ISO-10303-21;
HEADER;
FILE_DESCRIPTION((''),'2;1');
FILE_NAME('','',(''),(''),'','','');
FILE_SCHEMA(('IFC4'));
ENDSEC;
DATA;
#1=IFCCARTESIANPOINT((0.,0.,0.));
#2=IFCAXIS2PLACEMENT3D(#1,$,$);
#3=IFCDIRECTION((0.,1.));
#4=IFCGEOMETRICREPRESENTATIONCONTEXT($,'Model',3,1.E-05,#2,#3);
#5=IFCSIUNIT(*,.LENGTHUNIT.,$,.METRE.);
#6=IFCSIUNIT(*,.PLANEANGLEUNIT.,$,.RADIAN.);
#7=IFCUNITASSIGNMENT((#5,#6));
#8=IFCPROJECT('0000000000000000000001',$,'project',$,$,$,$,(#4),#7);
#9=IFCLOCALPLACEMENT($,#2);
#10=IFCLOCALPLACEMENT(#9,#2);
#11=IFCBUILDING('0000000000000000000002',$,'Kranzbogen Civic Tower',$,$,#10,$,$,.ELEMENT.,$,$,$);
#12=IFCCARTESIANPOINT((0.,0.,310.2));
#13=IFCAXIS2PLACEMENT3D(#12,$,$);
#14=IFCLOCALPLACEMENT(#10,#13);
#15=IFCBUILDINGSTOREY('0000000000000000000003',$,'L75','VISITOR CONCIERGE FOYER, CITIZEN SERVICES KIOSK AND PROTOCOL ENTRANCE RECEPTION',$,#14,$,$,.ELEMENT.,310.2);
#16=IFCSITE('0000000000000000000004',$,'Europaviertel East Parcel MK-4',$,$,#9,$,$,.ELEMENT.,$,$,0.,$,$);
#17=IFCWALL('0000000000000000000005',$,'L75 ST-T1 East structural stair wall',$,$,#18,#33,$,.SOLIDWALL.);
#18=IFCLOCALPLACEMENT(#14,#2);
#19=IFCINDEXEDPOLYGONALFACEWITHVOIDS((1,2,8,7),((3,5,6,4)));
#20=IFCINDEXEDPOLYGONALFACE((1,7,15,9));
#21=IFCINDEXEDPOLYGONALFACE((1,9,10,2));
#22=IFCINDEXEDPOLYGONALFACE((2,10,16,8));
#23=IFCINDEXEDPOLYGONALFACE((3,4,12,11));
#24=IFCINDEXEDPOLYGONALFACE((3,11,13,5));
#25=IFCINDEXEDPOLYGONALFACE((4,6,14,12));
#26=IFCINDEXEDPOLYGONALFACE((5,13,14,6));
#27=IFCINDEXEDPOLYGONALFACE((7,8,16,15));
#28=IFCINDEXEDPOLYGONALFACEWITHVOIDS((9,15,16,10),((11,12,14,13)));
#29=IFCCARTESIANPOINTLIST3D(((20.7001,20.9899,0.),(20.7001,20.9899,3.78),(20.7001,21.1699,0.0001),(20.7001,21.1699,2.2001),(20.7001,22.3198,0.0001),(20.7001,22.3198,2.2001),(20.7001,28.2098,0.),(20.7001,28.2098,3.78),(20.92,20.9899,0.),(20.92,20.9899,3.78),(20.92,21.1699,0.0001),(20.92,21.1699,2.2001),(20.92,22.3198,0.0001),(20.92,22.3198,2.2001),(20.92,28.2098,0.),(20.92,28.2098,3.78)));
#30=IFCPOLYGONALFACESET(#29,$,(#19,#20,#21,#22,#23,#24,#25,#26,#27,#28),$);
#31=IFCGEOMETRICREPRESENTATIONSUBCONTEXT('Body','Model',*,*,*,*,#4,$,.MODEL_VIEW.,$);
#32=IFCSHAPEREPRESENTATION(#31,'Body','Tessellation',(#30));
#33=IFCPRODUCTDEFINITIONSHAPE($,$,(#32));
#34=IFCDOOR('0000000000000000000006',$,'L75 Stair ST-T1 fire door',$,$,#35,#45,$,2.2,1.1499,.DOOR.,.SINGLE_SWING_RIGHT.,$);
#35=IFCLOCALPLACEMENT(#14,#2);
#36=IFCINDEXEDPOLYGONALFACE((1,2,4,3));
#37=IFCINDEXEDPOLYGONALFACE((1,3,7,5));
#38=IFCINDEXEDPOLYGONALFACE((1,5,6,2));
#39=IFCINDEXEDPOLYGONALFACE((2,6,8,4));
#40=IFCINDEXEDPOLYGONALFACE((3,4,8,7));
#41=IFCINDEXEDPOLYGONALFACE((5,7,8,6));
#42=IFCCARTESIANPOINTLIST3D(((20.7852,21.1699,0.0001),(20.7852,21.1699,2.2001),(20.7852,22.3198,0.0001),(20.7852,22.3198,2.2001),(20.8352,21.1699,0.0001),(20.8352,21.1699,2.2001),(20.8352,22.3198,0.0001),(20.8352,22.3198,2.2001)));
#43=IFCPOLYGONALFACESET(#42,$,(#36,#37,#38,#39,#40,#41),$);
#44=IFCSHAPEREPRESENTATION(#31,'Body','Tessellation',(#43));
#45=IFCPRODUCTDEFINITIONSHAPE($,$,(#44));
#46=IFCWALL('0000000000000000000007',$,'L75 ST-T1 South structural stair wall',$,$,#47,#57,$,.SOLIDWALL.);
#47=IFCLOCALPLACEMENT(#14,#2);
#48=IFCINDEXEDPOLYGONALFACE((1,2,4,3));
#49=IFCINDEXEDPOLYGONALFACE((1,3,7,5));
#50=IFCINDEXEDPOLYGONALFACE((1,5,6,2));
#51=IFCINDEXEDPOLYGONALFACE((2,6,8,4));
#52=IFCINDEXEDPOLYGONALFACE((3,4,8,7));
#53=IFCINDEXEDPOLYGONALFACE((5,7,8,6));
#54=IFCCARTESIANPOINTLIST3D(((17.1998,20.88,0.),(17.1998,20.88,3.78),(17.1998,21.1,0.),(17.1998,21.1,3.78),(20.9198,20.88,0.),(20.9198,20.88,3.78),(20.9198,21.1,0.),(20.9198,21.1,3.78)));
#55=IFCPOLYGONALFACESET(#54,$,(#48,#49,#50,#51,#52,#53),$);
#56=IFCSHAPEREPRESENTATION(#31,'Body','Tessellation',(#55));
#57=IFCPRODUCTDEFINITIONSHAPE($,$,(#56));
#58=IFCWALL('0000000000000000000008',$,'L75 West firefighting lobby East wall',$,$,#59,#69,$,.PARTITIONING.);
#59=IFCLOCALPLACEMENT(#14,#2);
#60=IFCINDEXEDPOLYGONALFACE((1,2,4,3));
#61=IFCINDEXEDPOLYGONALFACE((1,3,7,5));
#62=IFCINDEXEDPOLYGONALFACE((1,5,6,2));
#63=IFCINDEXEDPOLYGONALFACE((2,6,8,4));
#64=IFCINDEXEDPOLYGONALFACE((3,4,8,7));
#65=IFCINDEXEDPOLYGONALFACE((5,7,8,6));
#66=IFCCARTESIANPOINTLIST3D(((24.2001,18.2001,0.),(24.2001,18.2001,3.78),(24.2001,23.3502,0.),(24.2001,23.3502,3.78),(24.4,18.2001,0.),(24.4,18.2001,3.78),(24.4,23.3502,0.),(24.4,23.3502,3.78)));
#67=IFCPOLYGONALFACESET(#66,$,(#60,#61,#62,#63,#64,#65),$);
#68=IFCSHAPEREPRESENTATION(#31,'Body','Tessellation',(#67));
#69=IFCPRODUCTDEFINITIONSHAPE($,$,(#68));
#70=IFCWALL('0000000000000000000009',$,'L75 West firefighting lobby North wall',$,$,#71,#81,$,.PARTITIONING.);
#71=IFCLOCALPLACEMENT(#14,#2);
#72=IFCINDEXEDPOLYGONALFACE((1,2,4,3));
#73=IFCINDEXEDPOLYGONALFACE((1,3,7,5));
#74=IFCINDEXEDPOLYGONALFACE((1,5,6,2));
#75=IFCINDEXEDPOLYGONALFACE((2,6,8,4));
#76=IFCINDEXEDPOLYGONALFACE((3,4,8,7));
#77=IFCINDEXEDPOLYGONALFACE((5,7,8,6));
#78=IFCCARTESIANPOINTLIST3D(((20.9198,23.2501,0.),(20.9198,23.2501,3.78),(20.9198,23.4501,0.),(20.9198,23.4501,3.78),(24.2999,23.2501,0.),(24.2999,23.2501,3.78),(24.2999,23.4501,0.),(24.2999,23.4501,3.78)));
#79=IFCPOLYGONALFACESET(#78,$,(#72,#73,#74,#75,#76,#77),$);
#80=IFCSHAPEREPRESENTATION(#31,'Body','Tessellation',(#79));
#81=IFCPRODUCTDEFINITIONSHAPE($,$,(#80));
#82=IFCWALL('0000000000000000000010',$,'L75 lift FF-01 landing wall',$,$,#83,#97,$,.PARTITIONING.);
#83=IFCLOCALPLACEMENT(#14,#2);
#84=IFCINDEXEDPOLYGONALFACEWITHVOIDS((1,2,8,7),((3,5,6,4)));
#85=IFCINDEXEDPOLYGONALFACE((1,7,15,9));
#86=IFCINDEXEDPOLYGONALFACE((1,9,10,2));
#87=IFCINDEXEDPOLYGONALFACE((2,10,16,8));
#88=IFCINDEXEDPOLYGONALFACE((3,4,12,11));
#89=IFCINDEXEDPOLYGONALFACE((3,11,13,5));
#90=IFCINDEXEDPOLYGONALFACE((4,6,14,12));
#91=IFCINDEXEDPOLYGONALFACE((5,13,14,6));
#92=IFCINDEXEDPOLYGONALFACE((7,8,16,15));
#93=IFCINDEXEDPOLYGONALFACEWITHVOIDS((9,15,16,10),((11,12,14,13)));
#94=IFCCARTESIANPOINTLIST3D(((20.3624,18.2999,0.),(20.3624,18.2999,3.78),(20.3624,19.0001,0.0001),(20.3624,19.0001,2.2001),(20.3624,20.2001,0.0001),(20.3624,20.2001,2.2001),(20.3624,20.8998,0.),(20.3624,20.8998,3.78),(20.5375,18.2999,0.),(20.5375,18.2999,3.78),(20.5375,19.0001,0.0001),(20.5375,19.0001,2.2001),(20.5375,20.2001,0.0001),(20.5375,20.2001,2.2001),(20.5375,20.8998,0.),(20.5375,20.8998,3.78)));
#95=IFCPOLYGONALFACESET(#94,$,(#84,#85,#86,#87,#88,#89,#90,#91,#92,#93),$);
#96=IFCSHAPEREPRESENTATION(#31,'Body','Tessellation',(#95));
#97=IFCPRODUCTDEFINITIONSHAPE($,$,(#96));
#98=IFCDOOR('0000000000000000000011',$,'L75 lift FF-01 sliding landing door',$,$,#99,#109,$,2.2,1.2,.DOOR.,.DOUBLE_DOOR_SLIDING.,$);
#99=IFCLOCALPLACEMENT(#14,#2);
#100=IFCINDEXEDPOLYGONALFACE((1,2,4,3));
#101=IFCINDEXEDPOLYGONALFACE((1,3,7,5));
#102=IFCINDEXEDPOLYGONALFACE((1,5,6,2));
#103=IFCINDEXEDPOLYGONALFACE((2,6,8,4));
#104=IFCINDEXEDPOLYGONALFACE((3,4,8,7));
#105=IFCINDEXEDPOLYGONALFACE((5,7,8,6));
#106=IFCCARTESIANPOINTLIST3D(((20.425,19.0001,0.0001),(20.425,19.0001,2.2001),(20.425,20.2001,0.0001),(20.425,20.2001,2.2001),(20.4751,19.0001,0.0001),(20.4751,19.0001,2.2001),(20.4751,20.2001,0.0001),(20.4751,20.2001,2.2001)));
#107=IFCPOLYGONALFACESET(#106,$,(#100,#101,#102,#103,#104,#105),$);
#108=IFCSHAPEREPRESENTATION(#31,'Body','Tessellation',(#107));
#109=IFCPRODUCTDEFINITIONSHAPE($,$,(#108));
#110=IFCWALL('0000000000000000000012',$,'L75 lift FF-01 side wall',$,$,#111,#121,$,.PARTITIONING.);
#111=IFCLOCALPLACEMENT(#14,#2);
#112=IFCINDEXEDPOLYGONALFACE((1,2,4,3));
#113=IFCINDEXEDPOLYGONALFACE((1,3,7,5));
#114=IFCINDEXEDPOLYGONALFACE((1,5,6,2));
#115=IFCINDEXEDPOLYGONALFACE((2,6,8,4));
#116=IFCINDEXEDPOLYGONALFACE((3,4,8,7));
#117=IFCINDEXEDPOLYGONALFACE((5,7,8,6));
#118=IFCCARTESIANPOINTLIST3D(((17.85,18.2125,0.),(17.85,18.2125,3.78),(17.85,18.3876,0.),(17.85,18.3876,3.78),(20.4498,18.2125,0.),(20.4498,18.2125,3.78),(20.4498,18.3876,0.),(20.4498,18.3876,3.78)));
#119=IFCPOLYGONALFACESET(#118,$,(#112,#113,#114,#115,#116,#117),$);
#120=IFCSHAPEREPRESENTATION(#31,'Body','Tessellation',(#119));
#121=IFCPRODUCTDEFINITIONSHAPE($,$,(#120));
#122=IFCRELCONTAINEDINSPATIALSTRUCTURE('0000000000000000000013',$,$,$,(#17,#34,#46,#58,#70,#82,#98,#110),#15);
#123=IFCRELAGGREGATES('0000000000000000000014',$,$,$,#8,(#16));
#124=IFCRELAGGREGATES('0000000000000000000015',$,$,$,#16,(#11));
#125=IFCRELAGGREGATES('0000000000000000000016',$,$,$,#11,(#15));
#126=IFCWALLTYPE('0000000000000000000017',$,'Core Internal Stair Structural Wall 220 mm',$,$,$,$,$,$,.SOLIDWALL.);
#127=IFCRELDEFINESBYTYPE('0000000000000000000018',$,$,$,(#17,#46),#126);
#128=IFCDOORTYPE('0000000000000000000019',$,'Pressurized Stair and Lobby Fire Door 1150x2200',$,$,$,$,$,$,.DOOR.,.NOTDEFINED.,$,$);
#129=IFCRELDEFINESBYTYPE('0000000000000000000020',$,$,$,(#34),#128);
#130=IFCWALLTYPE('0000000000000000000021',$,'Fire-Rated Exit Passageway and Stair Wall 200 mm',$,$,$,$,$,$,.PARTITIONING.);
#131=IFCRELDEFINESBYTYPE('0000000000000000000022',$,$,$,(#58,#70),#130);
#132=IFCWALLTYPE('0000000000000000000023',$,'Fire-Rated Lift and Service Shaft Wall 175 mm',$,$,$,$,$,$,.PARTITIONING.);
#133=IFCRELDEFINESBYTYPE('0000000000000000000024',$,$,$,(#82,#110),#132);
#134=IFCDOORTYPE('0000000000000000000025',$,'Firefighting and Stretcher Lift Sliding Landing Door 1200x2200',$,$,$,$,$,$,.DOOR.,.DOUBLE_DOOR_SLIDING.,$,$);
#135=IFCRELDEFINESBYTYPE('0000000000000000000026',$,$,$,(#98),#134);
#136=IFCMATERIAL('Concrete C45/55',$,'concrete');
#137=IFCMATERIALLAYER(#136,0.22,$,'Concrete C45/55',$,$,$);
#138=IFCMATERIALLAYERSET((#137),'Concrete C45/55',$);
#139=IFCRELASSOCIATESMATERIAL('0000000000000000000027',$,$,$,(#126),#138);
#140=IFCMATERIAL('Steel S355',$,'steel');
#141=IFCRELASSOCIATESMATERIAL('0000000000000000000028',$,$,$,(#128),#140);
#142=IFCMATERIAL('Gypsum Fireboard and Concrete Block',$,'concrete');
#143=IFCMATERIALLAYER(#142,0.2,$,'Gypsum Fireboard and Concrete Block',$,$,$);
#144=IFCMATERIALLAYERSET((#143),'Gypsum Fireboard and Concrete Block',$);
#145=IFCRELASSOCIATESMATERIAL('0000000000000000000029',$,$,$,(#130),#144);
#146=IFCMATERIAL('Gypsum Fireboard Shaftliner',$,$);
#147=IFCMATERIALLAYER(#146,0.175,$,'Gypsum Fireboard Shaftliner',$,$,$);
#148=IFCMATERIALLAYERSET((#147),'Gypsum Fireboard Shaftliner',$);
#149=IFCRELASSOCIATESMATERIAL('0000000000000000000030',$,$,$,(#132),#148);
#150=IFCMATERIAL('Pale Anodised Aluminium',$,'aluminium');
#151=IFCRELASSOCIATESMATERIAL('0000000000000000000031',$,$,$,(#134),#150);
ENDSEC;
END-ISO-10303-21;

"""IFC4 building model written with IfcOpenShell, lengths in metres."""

from ifc_helpers import new_model, si_unit, direction, frame, frame_2d, origin, place, context, subcontext, project, spatial, rectangle, extrude, material, layer, layer_set, type_object, element, fill, save


model = new_model("IFC4")

# Units and contexts
model_context = context("Model", 3, precision=1e-05, world=origin(), true_north=direction((0.0, 1.0)))
body_context = subcontext(model_context, "Body", "Model", "MODEL_VIEW")
ifc_project = project(units=[si_unit("LENGTHUNIT", "METRE"), si_unit("PLANEANGLEUNIT", "RADIAN")], contexts=[model_context])

# Site, building, storey
site_placement = place(None, origin())
site = spatial("IfcSite", under=ifc_project, at=site_placement, Name="Europaviertel East Parcel MK-4", CompositionType="ELEMENT", RefElevation=0.0)
building_placement = place(site_placement, origin())
building = spatial("IfcBuilding", under=site, at=building_placement, Name="Kranzbogen Civic Tower", CompositionType="ELEMENT")
storey_placement = place(building_placement, frame((0.0, 0.0, 310.2)))
storey = spatial("IfcBuildingStorey", under=building, at=storey_placement, Name="L75", Description="VISITOR CONCIERGE FOYER, CITIZEN SERVICES KIOSK AND PROTOCOL ENTRANCE RECEPTION", CompositionType="ELEMENT", Elevation=310.2)

# Shared definitions
ifc_material_1 = material(Name="Steel S355", Category="steel")

# Shared definitions
ifc_material_2 = material(Name="Concrete C45/55", Category="concrete")

# Wall, opening, door
ifc_layer_1 = layer(ifc_material_2, 0.22, Name="Concrete C45/55")
ifc_layer_set_1 = layer_set([ifc_layer_1], Name="Concrete C45/55")
wall_type_1 = type_object("IfcWallType", Name="Core Internal Stair Structural Wall 220 mm", PredefinedType="SOLIDWALL", material=ifc_layer_set_1)
wall_1_placement = place(storey_placement, frame((20.8101, 20.99, 0.0), z_axis=(0.0, 0.0, 1.0), x_axis=(0.0, 1.0, 0.0)))
wall_1 = element("IfcWall", 1, at=wall_1_placement, inside=storey, type_object=wall_type_1, Name="L75 ST-T1 East structural stair wall", PredefinedType="SOLIDWALL", context=body_context, shape_type="SweptSolid", body=[
    extrude(rectangle(XDim=7.22, YDim=0.22, at=frame_2d((3.6099, 0.0))), origin(), (0.0, 0.0, 1.0), 3.78),
])
opening_1_placement = place(wall_1_placement, frame((0.1799, 0.0, 0.0)))
opening_1 = element("IfcOpeningElement", 2, at=opening_1_placement, cuts=wall_1, PredefinedType="OPENING", context=body_context, shape_type="SweptSolid", body=[
    extrude(rectangle(XDim=1.1499, YDim=2.2, at=frame_2d((0.575, 1.1001))), frame((0.0, 0.1201, 0.0), z_axis=(0.0, -1.0, 0.0), x_axis=(1.0, 0.0, 0.0)), (0.0, 0.0, 1.0), 0.24),
])
door_type_1 = type_object("IfcDoorType", Name="Pressurized Stair and Lobby Fire Door 1150x2200", OperationType="NOTDEFINED", PredefinedType="DOOR", material=ifc_material_1)
door_1_placement = place(opening_1_placement, origin())
door_1 = element("IfcDoor", 3, at=door_1_placement, inside=storey, type_object=door_type_1, Name="L75 Stair ST-T1 fire door", OperationType="SINGLE_SWING_RIGHT", OverallHeight=2.2, OverallWidth=1.1499, PredefinedType="DOOR", context=body_context, shape_type="SweptSolid", body=[
    extrude(rectangle(XDim=1.1499, YDim=2.2, at=frame_2d((0.575, 1.1001))), frame((0.0, 0.0249, 0.0), z_axis=(0.0, -1.0, 0.0), x_axis=(1.0, 0.0, 0.0)), (0.0, 0.0, 1.0), 0.05),
])
fill(opening_1, door_1)

# Walls
wall_2_placement = place(storey_placement, frame((17.2, 20.99, 0.0), z_axis=(0.0, 0.0, 1.0), x_axis=(1.0, 0.0, 0.0)))
element("IfcWall", 4, at=wall_2_placement, inside=storey, type_object=wall_type_1, Name="L75 ST-T1 South structural stair wall", PredefinedType="SOLIDWALL", context=body_context, shape_type="SweptSolid", body=[
    extrude(rectangle(XDim=3.72, YDim=0.22, at=frame_2d((1.8599, 0.0))), origin(), (0.0, 0.0, 1.0), 3.78),
])
ifc_material_3 = material(Name="Gypsum Fireboard and Concrete Block", Category="concrete")
ifc_layer_2 = layer(ifc_material_3, 0.2, Name="Gypsum Fireboard and Concrete Block")
ifc_layer_set_2 = layer_set([ifc_layer_2], Name="Gypsum Fireboard and Concrete Block")
wall_type_2 = type_object("IfcWallType", Name="Fire-Rated Exit Passageway and Stair Wall 200 mm", PredefinedType="PARTITIONING", material=ifc_layer_set_2)
wall_3_placement = place(storey_placement, frame((24.3, 18.2, 0.0), z_axis=(0.0, 0.0, 1.0), x_axis=(0.0, 1.0, 0.0)))
element("IfcWall", 5, at=wall_3_placement, inside=storey, type_object=wall_type_2, Name="L75 West firefighting lobby East wall", PredefinedType="PARTITIONING", context=body_context, shape_type="SweptSolid", body=[
    extrude(rectangle(XDim=5.1501, YDim=0.2, at=frame_2d((2.5752, 0.0))), origin(), (0.0, 0.0, 1.0), 3.78),
])
wall_4_placement = place(storey_placement, frame((20.9199, 23.3501, 0.0), z_axis=(0.0, 0.0, 1.0), x_axis=(1.0, 0.0, 0.0)))
element("IfcWall", 6, at=wall_4_placement, inside=storey, type_object=wall_type_2, Name="L75 West firefighting lobby North wall", PredefinedType="PARTITIONING", context=body_context, shape_type="SweptSolid", body=[
    extrude(rectangle(XDim=3.3801, YDim=0.2, at=frame_2d((1.6899, 0.0))), origin(), (0.0, 0.0, 1.0), 3.78),
])

# Wall, opening, door
ifc_material_4 = material(Name="Gypsum Fireboard Shaftliner")
ifc_layer_3 = layer(ifc_material_4, 0.175, Name="Gypsum Fireboard Shaftliner")
ifc_layer_set_3 = layer_set([ifc_layer_3], Name="Gypsum Fireboard Shaftliner")
wall_type_3 = type_object("IfcWallType", Name="Fire-Rated Lift and Service Shaft Wall 175 mm", PredefinedType="PARTITIONING", material=ifc_layer_set_3)
wall_5_placement = place(storey_placement, frame((20.45, 18.3, 0.0), z_axis=(0.0, 0.0, 1.0), x_axis=(0.0, 1.0, 0.0)))
wall_5 = element("IfcWall", 7, at=wall_5_placement, inside=storey, type_object=wall_type_3, Name="L75 lift FF-01 landing wall", PredefinedType="PARTITIONING", context=body_context, shape_type="SweptSolid", body=[
    extrude(rectangle(XDim=2.5999, YDim=0.175, at=frame_2d((1.2998, 0.0))), origin(), (0.0, 0.0, 1.0), 3.78),
])
opening_2_placement = place(wall_5_placement, frame((0.7, 0.0, 0.0)))
opening_2 = element("IfcOpeningElement", 8, at=opening_2_placement, cuts=wall_5, PredefinedType="OPENING", context=body_context, shape_type="SweptSolid", body=[
    extrude(rectangle(XDim=1.2, YDim=2.2, at=frame_2d((0.6001, 1.1001))), frame((0.0, 0.0977, 0.0), z_axis=(0.0, -1.0, 0.0), x_axis=(1.0, 0.0, 0.0)), (0.0, 0.0, 1.0), 0.1951),
])
ifc_material_5 = material(Name="Pale Anodised Aluminium", Category="aluminium")
door_type_2 = type_object("IfcDoorType", Name="Firefighting and Stretcher Lift Sliding Landing Door 1200x2200", OperationType="DOUBLE_DOOR_SLIDING", PredefinedType="DOOR", material=ifc_material_5)
door_2_placement = place(opening_2_placement, origin())
door_2 = element("IfcDoor", 9, at=door_2_placement, inside=storey, type_object=door_type_2, Name="L75 lift FF-01 sliding landing door", OperationType="DOUBLE_DOOR_SLIDING", OverallHeight=2.2, OverallWidth=1.2, PredefinedType="DOOR", context=body_context, shape_type="SweptSolid", body=[
    extrude(rectangle(XDim=1.2, YDim=2.2, at=frame_2d((0.6001, 1.1001))), frame((0.0, 0.0249, 0.0), z_axis=(0.0, -1.0, 0.0), x_axis=(1.0, 0.0, 0.0)), (0.0, 0.0, 1.0), 0.05),
])
fill(opening_2, door_2)

# Wall
wall_6_placement = place(storey_placement, frame((17.8501, 18.3, 0.0), z_axis=(0.0, 0.0, 1.0), x_axis=(1.0, 0.0, 0.0)))
element("IfcWall", 10, at=wall_6_placement, inside=storey, type_object=wall_type_3, Name="L75 lift FF-01 side wall", PredefinedType="PARTITIONING", context=body_context, shape_type="SweptSolid", body=[
    extrude(rectangle(XDim=2.5999, YDim=0.175, at=frame_2d((1.2998, 0.0))), origin(), (0.0, 0.0, 1.0), 3.78),
])

save(model, "model.ifc")
